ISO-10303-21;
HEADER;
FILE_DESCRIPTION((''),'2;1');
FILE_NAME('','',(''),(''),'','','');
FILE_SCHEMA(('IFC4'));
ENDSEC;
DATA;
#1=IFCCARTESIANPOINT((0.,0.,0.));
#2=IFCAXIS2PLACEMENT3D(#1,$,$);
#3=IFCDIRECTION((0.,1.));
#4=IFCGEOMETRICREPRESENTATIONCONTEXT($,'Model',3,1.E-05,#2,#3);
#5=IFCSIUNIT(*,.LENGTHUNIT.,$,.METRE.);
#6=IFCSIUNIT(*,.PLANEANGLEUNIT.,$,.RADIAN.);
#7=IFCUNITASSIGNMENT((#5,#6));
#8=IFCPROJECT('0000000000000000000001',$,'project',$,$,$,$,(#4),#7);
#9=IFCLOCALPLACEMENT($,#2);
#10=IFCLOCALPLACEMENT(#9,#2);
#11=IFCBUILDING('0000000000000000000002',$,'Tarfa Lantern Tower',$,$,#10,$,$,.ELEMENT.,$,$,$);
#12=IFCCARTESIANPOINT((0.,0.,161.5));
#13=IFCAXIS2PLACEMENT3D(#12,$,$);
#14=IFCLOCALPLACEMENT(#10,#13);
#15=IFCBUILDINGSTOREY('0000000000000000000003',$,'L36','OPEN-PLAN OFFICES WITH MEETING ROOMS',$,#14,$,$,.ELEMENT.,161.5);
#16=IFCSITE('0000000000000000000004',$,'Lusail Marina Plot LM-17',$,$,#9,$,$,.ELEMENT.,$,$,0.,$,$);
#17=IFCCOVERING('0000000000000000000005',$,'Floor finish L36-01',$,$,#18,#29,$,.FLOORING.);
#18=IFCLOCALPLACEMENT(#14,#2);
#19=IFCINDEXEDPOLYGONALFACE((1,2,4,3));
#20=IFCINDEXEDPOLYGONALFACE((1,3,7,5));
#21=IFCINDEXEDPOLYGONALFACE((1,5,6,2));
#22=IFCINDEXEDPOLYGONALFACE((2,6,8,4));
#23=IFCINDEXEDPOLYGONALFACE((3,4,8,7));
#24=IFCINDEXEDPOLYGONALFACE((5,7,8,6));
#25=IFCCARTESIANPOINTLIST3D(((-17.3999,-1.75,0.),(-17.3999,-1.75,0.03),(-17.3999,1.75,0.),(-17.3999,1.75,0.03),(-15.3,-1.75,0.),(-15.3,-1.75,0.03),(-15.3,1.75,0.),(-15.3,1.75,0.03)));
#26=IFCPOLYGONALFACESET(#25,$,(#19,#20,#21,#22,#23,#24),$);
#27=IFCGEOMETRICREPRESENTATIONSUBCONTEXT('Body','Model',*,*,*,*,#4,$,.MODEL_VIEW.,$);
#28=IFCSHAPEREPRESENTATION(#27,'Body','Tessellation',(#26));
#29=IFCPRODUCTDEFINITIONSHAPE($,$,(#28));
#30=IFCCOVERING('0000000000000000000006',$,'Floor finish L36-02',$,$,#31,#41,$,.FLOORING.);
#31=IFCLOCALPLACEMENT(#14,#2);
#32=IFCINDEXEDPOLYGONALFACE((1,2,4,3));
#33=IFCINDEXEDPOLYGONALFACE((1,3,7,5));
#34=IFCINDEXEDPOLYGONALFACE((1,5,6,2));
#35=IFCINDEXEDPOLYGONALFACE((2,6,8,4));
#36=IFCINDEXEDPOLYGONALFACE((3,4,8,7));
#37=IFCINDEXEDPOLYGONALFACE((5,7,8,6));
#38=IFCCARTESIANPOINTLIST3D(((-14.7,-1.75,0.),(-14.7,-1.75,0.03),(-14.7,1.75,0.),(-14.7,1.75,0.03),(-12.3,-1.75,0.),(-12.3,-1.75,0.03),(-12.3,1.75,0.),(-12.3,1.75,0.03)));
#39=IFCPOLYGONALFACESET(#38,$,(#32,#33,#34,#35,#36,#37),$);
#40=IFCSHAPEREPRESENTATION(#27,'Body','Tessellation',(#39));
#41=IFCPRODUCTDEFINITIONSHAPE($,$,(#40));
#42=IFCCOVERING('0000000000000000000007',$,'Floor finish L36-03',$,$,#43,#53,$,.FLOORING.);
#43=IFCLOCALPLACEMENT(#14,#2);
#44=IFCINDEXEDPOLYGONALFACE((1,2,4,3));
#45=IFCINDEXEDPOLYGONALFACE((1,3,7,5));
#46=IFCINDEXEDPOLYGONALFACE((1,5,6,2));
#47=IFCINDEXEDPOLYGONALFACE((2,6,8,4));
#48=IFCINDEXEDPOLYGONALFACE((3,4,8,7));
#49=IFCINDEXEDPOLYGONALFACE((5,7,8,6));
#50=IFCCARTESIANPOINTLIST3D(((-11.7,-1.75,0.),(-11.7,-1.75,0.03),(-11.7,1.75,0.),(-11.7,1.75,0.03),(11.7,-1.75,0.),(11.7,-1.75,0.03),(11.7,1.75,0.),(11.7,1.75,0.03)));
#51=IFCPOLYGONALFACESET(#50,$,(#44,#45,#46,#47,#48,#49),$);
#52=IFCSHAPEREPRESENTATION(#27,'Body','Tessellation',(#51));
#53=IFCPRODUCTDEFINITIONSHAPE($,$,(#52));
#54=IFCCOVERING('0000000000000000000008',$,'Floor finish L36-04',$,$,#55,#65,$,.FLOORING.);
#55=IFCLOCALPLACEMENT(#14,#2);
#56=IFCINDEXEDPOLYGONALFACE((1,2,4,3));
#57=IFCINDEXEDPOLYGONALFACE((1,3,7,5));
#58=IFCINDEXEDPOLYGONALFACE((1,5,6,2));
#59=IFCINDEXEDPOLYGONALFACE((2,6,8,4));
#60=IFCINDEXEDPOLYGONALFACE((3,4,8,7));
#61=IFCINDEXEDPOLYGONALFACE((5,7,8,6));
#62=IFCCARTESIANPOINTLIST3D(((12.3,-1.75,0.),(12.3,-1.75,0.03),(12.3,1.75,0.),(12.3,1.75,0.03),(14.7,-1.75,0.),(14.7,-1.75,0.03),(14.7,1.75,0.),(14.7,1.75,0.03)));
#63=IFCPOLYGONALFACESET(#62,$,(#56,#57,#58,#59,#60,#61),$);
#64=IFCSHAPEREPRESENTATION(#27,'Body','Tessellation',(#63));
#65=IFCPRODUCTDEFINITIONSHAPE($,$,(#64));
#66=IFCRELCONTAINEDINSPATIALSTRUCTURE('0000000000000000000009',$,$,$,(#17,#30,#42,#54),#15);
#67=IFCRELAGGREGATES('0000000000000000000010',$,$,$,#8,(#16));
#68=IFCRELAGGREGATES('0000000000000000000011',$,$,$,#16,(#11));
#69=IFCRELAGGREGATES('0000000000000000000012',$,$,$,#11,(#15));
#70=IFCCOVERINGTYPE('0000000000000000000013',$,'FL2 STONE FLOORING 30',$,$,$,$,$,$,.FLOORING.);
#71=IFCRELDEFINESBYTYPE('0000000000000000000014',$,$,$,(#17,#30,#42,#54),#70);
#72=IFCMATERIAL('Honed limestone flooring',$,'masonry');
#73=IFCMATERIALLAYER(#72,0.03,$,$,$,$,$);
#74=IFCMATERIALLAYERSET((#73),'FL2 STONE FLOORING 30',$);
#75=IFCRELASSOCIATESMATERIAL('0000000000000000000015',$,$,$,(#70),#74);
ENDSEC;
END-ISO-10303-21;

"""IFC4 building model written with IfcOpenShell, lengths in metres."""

from ifc_helpers import new_model, si_unit, direction, frame, origin, place, context, subcontext, project, spatial, polyline, outline, extrude, material, layer, layer_set, type_object, element, save


model = new_model("IFC4")

# Units and contexts
model_context = context("Model", 3, precision=1e-05, world=origin(), true_north=direction((0.0, 1.0)))
body_context = subcontext(model_context, "Body", "Model", "MODEL_VIEW")
ifc_project = project(units=[si_unit("LENGTHUNIT", "METRE"), si_unit("PLANEANGLEUNIT", "RADIAN")], contexts=[model_context])

# Site, building, storey
site_placement = place(None, origin())
site = spatial("IfcSite", under=ifc_project, at=site_placement, Name="Lusail Marina Plot LM-17", CompositionType="ELEMENT", RefElevation=0.0)
building_placement = place(site_placement, origin())
building = spatial("IfcBuilding", under=site, at=building_placement, Name="Tarfa Lantern Tower", CompositionType="ELEMENT")
storey_placement = place(building_placement, frame((0.0, 0.0, 161.5)))
storey = spatial("IfcBuildingStorey", under=building, at=storey_placement, Name="L36", Description="OPEN-PLAN OFFICES WITH MEETING ROOMS", CompositionType="ELEMENT", Elevation=161.5)

# Coverings
ifc_material_1 = material(Name="Honed limestone flooring", Category="masonry")
ifc_layer_1 = layer(ifc_material_1, 0.03)
ifc_layer_set_1 = layer_set([ifc_layer_1], Name="FL2 STONE FLOORING 30")
covering_type_1 = type_object("IfcCoveringType", Name="FL2 STONE FLOORING 30", PredefinedType="FLOORING", material=ifc_layer_set_1)
covering_1_placement = place(storey_placement, origin())
element("IfcCovering", 1, at=covering_1_placement, inside=storey, type_object=covering_type_1, Name="Floor finish L36-01", PredefinedType="FLOORING", context=body_context, shape_type="SweptSolid", body=[
    extrude(outline(polyline([(-17.3999, -1.75), (-15.3, -1.75), (-15.3, 1.75), (-17.3999, 1.75), (-17.3999, -1.75)])), origin(), (0.0, 0.0, 1.0), 0.03),
])
covering_2_placement = place(storey_placement, origin())
element("IfcCovering", 2, at=covering_2_placement, inside=storey, type_object=covering_type_1, Name="Floor finish L36-02", PredefinedType="FLOORING", context=body_context, shape_type="SweptSolid", body=[
    extrude(outline(polyline([(-14.7, -1.75), (-12.3, -1.75), (-12.3, 1.75), (-14.7, 1.75), (-14.7, -1.75)])), origin(), (0.0, 0.0, 1.0), 0.03),
])
covering_3_placement = place(storey_placement, origin())
element("IfcCovering", 3, at=covering_3_placement, inside=storey, type_object=covering_type_1, Name="Floor finish L36-03", PredefinedType="FLOORING", context=body_context, shape_type="SweptSolid", body=[
    extrude(outline(polyline([(-11.7, -1.75), (11.7, -1.75), (11.7, 1.75), (-11.7, 1.75), (-11.7, -1.75)])), origin(), (0.0, 0.0, 1.0), 0.03),
])
covering_4_placement = place(storey_placement, origin())
element("IfcCovering", 4, at=covering_4_placement, inside=storey, type_object=covering_type_1, Name="Floor finish L36-04", PredefinedType="FLOORING", context=body_context, shape_type="SweptSolid", body=[
    extrude(outline(polyline([(12.3, -1.75), (14.7, -1.75), (14.7, 1.75), (12.3, 1.75), (12.3, -1.75)])), origin(), (0.0, 0.0, 1.0), 0.03),
])

save(model, "model.ifc")
